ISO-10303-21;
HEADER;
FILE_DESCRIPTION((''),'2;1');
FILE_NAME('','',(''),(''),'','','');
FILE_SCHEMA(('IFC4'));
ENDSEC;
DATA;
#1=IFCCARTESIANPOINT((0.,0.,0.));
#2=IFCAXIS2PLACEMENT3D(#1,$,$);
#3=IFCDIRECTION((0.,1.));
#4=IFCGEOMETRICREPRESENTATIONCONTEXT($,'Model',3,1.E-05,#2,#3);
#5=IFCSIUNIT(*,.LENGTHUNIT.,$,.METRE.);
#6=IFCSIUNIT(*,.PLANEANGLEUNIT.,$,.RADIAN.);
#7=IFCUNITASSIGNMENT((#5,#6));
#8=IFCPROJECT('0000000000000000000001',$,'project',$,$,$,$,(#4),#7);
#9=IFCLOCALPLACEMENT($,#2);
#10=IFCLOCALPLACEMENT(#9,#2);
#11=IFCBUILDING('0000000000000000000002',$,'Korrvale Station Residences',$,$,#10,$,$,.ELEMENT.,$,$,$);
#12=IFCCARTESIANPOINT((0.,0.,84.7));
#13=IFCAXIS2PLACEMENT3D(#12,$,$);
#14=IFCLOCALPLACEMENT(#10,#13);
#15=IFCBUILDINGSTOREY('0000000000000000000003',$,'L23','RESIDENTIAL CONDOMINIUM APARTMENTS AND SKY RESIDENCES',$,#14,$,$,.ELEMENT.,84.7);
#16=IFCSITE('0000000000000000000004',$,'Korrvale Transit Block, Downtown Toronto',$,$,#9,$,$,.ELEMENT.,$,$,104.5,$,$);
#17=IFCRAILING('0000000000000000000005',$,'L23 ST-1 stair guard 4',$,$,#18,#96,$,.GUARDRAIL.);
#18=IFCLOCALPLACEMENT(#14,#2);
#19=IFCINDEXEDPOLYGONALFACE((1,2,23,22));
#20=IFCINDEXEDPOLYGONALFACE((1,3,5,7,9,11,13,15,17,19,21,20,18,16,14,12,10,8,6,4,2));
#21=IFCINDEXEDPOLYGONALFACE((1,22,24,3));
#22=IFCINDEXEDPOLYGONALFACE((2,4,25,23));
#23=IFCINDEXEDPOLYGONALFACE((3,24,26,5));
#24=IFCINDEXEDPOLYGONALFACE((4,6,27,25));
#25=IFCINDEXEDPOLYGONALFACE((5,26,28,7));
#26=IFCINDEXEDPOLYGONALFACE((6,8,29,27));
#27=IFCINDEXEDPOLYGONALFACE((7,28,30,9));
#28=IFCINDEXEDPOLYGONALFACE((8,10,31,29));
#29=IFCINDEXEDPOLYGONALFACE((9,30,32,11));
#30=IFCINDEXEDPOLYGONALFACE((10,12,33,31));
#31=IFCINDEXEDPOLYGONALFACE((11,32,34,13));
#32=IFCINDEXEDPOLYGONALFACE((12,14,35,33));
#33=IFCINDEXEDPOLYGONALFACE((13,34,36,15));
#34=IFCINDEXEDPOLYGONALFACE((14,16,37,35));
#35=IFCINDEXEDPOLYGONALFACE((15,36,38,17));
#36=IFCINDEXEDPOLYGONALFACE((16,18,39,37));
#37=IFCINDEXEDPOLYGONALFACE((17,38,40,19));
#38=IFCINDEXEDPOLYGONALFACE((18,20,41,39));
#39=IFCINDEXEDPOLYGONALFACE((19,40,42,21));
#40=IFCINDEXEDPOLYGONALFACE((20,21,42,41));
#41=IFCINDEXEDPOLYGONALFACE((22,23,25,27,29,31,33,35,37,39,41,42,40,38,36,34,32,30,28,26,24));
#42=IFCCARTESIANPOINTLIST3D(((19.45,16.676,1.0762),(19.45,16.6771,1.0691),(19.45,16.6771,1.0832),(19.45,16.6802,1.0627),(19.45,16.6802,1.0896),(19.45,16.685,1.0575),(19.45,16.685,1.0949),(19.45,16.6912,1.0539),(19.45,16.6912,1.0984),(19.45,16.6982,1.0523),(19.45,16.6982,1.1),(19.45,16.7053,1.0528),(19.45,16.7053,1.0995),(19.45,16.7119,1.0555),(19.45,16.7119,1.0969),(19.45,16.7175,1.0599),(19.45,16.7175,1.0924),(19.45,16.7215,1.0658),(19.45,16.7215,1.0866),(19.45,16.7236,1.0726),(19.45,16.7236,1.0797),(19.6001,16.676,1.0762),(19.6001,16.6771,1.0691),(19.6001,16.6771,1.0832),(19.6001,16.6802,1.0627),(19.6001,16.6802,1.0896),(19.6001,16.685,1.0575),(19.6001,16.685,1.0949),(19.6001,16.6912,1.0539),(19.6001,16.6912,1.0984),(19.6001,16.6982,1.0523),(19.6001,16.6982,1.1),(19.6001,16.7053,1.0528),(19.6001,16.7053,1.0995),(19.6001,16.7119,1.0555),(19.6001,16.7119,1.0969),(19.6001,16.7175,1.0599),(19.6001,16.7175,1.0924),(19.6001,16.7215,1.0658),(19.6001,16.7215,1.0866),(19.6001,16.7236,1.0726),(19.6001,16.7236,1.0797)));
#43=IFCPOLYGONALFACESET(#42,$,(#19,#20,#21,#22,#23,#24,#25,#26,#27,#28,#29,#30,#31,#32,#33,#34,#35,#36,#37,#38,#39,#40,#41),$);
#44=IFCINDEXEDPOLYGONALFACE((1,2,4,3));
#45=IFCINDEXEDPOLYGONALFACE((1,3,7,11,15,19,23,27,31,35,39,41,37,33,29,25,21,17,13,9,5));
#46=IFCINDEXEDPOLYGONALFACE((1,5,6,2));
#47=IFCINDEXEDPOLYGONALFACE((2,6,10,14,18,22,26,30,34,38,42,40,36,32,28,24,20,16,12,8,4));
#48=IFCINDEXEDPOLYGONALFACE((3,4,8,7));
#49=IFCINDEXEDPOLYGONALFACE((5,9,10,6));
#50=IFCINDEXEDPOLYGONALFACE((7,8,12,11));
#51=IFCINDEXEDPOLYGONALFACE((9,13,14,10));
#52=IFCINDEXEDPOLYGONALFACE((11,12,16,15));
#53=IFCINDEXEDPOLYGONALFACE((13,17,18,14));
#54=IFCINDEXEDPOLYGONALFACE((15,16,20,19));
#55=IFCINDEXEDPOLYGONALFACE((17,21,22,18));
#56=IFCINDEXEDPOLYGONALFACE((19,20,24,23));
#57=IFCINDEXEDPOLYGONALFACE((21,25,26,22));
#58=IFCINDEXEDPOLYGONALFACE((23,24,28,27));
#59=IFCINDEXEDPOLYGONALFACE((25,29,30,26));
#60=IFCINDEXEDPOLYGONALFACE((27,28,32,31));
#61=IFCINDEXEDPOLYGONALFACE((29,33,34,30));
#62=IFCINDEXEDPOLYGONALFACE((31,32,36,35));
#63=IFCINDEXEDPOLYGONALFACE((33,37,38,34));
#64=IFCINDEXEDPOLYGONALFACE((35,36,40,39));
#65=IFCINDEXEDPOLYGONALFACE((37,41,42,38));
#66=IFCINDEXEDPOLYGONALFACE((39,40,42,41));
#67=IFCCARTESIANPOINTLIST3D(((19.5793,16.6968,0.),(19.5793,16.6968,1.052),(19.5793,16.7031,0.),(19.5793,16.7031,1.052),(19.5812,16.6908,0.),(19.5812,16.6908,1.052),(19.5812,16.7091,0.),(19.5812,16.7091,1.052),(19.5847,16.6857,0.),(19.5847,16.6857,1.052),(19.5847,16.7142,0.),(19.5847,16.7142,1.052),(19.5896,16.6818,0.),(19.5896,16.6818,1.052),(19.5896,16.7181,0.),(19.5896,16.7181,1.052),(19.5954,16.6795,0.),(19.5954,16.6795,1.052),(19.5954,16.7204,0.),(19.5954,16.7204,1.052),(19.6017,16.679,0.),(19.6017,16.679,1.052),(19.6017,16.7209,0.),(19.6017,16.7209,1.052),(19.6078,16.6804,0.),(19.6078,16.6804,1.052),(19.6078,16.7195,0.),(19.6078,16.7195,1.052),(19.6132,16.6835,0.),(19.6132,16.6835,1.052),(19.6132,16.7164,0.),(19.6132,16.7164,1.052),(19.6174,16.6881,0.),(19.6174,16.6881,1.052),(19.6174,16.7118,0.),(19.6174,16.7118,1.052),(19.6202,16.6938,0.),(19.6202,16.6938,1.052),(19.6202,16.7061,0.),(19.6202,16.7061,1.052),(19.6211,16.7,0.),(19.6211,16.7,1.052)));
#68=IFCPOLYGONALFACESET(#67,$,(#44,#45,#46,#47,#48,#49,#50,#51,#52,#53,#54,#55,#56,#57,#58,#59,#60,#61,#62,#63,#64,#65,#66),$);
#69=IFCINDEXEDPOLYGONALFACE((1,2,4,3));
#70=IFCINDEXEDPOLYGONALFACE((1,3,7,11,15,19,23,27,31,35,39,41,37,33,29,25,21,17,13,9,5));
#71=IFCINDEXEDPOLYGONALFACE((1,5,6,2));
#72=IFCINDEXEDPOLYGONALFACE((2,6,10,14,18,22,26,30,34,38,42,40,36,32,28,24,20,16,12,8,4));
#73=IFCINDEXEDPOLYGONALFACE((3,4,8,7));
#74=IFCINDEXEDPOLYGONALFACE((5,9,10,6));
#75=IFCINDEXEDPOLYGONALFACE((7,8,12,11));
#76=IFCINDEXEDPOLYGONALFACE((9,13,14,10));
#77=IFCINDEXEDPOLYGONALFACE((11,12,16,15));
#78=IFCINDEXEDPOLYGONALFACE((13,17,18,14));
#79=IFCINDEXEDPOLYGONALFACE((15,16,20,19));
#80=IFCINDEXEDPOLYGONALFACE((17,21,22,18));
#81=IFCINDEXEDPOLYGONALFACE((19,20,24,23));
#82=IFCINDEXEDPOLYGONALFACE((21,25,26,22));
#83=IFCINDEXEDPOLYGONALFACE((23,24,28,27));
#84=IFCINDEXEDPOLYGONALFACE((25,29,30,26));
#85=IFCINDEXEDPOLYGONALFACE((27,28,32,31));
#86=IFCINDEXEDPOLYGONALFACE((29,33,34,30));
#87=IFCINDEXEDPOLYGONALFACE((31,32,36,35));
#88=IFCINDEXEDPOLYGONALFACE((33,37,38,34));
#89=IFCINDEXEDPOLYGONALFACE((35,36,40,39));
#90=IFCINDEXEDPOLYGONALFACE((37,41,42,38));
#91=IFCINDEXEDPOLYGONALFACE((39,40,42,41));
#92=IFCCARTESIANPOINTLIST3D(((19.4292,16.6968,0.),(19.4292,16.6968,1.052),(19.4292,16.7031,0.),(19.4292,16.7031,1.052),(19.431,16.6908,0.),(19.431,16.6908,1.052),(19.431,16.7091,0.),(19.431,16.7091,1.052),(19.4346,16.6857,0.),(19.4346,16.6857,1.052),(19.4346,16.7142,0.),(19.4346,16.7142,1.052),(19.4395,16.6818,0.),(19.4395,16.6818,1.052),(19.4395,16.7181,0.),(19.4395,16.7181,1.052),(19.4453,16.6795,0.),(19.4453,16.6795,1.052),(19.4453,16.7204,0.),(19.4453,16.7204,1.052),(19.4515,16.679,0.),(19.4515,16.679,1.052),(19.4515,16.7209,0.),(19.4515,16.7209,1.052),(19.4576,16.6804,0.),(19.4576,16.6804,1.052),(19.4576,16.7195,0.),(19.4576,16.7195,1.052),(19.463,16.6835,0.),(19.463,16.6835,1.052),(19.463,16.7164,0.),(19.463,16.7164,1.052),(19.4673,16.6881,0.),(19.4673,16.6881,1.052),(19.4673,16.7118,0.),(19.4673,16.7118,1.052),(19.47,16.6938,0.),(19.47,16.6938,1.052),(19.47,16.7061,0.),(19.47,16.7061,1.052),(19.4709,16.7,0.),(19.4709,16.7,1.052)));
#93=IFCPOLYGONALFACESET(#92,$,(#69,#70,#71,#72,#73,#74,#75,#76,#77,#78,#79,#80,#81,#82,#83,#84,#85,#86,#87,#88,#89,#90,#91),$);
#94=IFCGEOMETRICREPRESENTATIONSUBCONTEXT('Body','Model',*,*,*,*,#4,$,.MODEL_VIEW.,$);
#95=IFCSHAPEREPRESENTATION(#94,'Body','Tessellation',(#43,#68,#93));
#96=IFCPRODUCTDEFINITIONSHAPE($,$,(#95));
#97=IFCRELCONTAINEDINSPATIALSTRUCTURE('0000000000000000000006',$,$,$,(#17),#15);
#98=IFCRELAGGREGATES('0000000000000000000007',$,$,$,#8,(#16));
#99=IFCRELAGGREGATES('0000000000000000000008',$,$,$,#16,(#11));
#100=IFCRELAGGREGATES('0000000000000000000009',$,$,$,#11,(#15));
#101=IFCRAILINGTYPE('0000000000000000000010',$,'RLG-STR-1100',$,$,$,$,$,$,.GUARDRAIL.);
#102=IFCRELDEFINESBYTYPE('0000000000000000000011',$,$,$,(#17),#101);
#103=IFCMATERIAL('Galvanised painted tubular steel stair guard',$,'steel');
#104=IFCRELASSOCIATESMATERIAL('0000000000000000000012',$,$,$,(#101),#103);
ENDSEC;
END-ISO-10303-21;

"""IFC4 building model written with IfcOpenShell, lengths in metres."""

from ifc_helpers import new_model, si_unit, direction, frame, origin, origin_2d, place, context, subcontext, project, spatial, circle, extrude, material, type_object, element, save


model = new_model("IFC4")

# Units and contexts
model_context = context("Model", 3, precision=1e-05, world=origin(), true_north=direction((0.0, 1.0)))
body_context = subcontext(model_context, "Body", "Model", "MODEL_VIEW")
ifc_project = project(units=[si_unit("LENGTHUNIT", "METRE"), si_unit("PLANEANGLEUNIT", "RADIAN")], contexts=[model_context])

# Site, building, storey
site_placement = place(None, origin())
site = spatial("IfcSite", under=ifc_project, at=site_placement, Name="Korrvale Transit Block, Downtown Toronto", CompositionType="ELEMENT", RefElevation=104.5)
building_placement = place(site_placement, origin())
building = spatial("IfcBuilding", under=site, at=building_placement, Name="Korrvale Station Residences", CompositionType="ELEMENT")
storey_placement = place(building_placement, frame((0.0, 0.0, 84.7)))
storey = spatial("IfcBuildingStorey", under=building, at=storey_placement, Name="L23", Description="RESIDENTIAL CONDOMINIUM APARTMENTS AND SKY RESIDENCES", CompositionType="ELEMENT", Elevation=84.7)

# Railing
ifc_material_1 = material(Name="Galvanised painted tubular steel stair guard", Category="steel")
railing_type_1 = type_object("IfcRailingType", Name="RLG-STR-1100", PredefinedType="GUARDRAIL", material=ifc_material_1)
railing_1_placement = place(storey_placement, frame((19.6001, 16.7, 0.0)))
element("IfcRailing", 1, at=railing_1_placement, inside=storey, type_object=railing_type_1, Name="L23 ST-1 stair guard 4", PredefinedType="GUARDRAIL", context=body_context, shape_type="SweptSolid", body=[
    extrude(circle(Radius=0.0239, at=origin_2d()), frame((0.0, 0.0, 1.0762), z_axis=(-1.0, 0.0, 0.0), x_axis=(0.0, -1.0, 0.0)), (0.0, 0.0, 1.0), 0.1501),
    extrude(circle(Radius=0.021, at=origin_2d()), origin(), (0.0, 0.0, 1.0), 1.052),
    extrude(circle(Radius=0.021, at=origin_2d()), frame((-0.1501, 0.0, 0.0)), (0.0, 0.0, 1.0), 1.052),
])

save(model, "model.ifc")
